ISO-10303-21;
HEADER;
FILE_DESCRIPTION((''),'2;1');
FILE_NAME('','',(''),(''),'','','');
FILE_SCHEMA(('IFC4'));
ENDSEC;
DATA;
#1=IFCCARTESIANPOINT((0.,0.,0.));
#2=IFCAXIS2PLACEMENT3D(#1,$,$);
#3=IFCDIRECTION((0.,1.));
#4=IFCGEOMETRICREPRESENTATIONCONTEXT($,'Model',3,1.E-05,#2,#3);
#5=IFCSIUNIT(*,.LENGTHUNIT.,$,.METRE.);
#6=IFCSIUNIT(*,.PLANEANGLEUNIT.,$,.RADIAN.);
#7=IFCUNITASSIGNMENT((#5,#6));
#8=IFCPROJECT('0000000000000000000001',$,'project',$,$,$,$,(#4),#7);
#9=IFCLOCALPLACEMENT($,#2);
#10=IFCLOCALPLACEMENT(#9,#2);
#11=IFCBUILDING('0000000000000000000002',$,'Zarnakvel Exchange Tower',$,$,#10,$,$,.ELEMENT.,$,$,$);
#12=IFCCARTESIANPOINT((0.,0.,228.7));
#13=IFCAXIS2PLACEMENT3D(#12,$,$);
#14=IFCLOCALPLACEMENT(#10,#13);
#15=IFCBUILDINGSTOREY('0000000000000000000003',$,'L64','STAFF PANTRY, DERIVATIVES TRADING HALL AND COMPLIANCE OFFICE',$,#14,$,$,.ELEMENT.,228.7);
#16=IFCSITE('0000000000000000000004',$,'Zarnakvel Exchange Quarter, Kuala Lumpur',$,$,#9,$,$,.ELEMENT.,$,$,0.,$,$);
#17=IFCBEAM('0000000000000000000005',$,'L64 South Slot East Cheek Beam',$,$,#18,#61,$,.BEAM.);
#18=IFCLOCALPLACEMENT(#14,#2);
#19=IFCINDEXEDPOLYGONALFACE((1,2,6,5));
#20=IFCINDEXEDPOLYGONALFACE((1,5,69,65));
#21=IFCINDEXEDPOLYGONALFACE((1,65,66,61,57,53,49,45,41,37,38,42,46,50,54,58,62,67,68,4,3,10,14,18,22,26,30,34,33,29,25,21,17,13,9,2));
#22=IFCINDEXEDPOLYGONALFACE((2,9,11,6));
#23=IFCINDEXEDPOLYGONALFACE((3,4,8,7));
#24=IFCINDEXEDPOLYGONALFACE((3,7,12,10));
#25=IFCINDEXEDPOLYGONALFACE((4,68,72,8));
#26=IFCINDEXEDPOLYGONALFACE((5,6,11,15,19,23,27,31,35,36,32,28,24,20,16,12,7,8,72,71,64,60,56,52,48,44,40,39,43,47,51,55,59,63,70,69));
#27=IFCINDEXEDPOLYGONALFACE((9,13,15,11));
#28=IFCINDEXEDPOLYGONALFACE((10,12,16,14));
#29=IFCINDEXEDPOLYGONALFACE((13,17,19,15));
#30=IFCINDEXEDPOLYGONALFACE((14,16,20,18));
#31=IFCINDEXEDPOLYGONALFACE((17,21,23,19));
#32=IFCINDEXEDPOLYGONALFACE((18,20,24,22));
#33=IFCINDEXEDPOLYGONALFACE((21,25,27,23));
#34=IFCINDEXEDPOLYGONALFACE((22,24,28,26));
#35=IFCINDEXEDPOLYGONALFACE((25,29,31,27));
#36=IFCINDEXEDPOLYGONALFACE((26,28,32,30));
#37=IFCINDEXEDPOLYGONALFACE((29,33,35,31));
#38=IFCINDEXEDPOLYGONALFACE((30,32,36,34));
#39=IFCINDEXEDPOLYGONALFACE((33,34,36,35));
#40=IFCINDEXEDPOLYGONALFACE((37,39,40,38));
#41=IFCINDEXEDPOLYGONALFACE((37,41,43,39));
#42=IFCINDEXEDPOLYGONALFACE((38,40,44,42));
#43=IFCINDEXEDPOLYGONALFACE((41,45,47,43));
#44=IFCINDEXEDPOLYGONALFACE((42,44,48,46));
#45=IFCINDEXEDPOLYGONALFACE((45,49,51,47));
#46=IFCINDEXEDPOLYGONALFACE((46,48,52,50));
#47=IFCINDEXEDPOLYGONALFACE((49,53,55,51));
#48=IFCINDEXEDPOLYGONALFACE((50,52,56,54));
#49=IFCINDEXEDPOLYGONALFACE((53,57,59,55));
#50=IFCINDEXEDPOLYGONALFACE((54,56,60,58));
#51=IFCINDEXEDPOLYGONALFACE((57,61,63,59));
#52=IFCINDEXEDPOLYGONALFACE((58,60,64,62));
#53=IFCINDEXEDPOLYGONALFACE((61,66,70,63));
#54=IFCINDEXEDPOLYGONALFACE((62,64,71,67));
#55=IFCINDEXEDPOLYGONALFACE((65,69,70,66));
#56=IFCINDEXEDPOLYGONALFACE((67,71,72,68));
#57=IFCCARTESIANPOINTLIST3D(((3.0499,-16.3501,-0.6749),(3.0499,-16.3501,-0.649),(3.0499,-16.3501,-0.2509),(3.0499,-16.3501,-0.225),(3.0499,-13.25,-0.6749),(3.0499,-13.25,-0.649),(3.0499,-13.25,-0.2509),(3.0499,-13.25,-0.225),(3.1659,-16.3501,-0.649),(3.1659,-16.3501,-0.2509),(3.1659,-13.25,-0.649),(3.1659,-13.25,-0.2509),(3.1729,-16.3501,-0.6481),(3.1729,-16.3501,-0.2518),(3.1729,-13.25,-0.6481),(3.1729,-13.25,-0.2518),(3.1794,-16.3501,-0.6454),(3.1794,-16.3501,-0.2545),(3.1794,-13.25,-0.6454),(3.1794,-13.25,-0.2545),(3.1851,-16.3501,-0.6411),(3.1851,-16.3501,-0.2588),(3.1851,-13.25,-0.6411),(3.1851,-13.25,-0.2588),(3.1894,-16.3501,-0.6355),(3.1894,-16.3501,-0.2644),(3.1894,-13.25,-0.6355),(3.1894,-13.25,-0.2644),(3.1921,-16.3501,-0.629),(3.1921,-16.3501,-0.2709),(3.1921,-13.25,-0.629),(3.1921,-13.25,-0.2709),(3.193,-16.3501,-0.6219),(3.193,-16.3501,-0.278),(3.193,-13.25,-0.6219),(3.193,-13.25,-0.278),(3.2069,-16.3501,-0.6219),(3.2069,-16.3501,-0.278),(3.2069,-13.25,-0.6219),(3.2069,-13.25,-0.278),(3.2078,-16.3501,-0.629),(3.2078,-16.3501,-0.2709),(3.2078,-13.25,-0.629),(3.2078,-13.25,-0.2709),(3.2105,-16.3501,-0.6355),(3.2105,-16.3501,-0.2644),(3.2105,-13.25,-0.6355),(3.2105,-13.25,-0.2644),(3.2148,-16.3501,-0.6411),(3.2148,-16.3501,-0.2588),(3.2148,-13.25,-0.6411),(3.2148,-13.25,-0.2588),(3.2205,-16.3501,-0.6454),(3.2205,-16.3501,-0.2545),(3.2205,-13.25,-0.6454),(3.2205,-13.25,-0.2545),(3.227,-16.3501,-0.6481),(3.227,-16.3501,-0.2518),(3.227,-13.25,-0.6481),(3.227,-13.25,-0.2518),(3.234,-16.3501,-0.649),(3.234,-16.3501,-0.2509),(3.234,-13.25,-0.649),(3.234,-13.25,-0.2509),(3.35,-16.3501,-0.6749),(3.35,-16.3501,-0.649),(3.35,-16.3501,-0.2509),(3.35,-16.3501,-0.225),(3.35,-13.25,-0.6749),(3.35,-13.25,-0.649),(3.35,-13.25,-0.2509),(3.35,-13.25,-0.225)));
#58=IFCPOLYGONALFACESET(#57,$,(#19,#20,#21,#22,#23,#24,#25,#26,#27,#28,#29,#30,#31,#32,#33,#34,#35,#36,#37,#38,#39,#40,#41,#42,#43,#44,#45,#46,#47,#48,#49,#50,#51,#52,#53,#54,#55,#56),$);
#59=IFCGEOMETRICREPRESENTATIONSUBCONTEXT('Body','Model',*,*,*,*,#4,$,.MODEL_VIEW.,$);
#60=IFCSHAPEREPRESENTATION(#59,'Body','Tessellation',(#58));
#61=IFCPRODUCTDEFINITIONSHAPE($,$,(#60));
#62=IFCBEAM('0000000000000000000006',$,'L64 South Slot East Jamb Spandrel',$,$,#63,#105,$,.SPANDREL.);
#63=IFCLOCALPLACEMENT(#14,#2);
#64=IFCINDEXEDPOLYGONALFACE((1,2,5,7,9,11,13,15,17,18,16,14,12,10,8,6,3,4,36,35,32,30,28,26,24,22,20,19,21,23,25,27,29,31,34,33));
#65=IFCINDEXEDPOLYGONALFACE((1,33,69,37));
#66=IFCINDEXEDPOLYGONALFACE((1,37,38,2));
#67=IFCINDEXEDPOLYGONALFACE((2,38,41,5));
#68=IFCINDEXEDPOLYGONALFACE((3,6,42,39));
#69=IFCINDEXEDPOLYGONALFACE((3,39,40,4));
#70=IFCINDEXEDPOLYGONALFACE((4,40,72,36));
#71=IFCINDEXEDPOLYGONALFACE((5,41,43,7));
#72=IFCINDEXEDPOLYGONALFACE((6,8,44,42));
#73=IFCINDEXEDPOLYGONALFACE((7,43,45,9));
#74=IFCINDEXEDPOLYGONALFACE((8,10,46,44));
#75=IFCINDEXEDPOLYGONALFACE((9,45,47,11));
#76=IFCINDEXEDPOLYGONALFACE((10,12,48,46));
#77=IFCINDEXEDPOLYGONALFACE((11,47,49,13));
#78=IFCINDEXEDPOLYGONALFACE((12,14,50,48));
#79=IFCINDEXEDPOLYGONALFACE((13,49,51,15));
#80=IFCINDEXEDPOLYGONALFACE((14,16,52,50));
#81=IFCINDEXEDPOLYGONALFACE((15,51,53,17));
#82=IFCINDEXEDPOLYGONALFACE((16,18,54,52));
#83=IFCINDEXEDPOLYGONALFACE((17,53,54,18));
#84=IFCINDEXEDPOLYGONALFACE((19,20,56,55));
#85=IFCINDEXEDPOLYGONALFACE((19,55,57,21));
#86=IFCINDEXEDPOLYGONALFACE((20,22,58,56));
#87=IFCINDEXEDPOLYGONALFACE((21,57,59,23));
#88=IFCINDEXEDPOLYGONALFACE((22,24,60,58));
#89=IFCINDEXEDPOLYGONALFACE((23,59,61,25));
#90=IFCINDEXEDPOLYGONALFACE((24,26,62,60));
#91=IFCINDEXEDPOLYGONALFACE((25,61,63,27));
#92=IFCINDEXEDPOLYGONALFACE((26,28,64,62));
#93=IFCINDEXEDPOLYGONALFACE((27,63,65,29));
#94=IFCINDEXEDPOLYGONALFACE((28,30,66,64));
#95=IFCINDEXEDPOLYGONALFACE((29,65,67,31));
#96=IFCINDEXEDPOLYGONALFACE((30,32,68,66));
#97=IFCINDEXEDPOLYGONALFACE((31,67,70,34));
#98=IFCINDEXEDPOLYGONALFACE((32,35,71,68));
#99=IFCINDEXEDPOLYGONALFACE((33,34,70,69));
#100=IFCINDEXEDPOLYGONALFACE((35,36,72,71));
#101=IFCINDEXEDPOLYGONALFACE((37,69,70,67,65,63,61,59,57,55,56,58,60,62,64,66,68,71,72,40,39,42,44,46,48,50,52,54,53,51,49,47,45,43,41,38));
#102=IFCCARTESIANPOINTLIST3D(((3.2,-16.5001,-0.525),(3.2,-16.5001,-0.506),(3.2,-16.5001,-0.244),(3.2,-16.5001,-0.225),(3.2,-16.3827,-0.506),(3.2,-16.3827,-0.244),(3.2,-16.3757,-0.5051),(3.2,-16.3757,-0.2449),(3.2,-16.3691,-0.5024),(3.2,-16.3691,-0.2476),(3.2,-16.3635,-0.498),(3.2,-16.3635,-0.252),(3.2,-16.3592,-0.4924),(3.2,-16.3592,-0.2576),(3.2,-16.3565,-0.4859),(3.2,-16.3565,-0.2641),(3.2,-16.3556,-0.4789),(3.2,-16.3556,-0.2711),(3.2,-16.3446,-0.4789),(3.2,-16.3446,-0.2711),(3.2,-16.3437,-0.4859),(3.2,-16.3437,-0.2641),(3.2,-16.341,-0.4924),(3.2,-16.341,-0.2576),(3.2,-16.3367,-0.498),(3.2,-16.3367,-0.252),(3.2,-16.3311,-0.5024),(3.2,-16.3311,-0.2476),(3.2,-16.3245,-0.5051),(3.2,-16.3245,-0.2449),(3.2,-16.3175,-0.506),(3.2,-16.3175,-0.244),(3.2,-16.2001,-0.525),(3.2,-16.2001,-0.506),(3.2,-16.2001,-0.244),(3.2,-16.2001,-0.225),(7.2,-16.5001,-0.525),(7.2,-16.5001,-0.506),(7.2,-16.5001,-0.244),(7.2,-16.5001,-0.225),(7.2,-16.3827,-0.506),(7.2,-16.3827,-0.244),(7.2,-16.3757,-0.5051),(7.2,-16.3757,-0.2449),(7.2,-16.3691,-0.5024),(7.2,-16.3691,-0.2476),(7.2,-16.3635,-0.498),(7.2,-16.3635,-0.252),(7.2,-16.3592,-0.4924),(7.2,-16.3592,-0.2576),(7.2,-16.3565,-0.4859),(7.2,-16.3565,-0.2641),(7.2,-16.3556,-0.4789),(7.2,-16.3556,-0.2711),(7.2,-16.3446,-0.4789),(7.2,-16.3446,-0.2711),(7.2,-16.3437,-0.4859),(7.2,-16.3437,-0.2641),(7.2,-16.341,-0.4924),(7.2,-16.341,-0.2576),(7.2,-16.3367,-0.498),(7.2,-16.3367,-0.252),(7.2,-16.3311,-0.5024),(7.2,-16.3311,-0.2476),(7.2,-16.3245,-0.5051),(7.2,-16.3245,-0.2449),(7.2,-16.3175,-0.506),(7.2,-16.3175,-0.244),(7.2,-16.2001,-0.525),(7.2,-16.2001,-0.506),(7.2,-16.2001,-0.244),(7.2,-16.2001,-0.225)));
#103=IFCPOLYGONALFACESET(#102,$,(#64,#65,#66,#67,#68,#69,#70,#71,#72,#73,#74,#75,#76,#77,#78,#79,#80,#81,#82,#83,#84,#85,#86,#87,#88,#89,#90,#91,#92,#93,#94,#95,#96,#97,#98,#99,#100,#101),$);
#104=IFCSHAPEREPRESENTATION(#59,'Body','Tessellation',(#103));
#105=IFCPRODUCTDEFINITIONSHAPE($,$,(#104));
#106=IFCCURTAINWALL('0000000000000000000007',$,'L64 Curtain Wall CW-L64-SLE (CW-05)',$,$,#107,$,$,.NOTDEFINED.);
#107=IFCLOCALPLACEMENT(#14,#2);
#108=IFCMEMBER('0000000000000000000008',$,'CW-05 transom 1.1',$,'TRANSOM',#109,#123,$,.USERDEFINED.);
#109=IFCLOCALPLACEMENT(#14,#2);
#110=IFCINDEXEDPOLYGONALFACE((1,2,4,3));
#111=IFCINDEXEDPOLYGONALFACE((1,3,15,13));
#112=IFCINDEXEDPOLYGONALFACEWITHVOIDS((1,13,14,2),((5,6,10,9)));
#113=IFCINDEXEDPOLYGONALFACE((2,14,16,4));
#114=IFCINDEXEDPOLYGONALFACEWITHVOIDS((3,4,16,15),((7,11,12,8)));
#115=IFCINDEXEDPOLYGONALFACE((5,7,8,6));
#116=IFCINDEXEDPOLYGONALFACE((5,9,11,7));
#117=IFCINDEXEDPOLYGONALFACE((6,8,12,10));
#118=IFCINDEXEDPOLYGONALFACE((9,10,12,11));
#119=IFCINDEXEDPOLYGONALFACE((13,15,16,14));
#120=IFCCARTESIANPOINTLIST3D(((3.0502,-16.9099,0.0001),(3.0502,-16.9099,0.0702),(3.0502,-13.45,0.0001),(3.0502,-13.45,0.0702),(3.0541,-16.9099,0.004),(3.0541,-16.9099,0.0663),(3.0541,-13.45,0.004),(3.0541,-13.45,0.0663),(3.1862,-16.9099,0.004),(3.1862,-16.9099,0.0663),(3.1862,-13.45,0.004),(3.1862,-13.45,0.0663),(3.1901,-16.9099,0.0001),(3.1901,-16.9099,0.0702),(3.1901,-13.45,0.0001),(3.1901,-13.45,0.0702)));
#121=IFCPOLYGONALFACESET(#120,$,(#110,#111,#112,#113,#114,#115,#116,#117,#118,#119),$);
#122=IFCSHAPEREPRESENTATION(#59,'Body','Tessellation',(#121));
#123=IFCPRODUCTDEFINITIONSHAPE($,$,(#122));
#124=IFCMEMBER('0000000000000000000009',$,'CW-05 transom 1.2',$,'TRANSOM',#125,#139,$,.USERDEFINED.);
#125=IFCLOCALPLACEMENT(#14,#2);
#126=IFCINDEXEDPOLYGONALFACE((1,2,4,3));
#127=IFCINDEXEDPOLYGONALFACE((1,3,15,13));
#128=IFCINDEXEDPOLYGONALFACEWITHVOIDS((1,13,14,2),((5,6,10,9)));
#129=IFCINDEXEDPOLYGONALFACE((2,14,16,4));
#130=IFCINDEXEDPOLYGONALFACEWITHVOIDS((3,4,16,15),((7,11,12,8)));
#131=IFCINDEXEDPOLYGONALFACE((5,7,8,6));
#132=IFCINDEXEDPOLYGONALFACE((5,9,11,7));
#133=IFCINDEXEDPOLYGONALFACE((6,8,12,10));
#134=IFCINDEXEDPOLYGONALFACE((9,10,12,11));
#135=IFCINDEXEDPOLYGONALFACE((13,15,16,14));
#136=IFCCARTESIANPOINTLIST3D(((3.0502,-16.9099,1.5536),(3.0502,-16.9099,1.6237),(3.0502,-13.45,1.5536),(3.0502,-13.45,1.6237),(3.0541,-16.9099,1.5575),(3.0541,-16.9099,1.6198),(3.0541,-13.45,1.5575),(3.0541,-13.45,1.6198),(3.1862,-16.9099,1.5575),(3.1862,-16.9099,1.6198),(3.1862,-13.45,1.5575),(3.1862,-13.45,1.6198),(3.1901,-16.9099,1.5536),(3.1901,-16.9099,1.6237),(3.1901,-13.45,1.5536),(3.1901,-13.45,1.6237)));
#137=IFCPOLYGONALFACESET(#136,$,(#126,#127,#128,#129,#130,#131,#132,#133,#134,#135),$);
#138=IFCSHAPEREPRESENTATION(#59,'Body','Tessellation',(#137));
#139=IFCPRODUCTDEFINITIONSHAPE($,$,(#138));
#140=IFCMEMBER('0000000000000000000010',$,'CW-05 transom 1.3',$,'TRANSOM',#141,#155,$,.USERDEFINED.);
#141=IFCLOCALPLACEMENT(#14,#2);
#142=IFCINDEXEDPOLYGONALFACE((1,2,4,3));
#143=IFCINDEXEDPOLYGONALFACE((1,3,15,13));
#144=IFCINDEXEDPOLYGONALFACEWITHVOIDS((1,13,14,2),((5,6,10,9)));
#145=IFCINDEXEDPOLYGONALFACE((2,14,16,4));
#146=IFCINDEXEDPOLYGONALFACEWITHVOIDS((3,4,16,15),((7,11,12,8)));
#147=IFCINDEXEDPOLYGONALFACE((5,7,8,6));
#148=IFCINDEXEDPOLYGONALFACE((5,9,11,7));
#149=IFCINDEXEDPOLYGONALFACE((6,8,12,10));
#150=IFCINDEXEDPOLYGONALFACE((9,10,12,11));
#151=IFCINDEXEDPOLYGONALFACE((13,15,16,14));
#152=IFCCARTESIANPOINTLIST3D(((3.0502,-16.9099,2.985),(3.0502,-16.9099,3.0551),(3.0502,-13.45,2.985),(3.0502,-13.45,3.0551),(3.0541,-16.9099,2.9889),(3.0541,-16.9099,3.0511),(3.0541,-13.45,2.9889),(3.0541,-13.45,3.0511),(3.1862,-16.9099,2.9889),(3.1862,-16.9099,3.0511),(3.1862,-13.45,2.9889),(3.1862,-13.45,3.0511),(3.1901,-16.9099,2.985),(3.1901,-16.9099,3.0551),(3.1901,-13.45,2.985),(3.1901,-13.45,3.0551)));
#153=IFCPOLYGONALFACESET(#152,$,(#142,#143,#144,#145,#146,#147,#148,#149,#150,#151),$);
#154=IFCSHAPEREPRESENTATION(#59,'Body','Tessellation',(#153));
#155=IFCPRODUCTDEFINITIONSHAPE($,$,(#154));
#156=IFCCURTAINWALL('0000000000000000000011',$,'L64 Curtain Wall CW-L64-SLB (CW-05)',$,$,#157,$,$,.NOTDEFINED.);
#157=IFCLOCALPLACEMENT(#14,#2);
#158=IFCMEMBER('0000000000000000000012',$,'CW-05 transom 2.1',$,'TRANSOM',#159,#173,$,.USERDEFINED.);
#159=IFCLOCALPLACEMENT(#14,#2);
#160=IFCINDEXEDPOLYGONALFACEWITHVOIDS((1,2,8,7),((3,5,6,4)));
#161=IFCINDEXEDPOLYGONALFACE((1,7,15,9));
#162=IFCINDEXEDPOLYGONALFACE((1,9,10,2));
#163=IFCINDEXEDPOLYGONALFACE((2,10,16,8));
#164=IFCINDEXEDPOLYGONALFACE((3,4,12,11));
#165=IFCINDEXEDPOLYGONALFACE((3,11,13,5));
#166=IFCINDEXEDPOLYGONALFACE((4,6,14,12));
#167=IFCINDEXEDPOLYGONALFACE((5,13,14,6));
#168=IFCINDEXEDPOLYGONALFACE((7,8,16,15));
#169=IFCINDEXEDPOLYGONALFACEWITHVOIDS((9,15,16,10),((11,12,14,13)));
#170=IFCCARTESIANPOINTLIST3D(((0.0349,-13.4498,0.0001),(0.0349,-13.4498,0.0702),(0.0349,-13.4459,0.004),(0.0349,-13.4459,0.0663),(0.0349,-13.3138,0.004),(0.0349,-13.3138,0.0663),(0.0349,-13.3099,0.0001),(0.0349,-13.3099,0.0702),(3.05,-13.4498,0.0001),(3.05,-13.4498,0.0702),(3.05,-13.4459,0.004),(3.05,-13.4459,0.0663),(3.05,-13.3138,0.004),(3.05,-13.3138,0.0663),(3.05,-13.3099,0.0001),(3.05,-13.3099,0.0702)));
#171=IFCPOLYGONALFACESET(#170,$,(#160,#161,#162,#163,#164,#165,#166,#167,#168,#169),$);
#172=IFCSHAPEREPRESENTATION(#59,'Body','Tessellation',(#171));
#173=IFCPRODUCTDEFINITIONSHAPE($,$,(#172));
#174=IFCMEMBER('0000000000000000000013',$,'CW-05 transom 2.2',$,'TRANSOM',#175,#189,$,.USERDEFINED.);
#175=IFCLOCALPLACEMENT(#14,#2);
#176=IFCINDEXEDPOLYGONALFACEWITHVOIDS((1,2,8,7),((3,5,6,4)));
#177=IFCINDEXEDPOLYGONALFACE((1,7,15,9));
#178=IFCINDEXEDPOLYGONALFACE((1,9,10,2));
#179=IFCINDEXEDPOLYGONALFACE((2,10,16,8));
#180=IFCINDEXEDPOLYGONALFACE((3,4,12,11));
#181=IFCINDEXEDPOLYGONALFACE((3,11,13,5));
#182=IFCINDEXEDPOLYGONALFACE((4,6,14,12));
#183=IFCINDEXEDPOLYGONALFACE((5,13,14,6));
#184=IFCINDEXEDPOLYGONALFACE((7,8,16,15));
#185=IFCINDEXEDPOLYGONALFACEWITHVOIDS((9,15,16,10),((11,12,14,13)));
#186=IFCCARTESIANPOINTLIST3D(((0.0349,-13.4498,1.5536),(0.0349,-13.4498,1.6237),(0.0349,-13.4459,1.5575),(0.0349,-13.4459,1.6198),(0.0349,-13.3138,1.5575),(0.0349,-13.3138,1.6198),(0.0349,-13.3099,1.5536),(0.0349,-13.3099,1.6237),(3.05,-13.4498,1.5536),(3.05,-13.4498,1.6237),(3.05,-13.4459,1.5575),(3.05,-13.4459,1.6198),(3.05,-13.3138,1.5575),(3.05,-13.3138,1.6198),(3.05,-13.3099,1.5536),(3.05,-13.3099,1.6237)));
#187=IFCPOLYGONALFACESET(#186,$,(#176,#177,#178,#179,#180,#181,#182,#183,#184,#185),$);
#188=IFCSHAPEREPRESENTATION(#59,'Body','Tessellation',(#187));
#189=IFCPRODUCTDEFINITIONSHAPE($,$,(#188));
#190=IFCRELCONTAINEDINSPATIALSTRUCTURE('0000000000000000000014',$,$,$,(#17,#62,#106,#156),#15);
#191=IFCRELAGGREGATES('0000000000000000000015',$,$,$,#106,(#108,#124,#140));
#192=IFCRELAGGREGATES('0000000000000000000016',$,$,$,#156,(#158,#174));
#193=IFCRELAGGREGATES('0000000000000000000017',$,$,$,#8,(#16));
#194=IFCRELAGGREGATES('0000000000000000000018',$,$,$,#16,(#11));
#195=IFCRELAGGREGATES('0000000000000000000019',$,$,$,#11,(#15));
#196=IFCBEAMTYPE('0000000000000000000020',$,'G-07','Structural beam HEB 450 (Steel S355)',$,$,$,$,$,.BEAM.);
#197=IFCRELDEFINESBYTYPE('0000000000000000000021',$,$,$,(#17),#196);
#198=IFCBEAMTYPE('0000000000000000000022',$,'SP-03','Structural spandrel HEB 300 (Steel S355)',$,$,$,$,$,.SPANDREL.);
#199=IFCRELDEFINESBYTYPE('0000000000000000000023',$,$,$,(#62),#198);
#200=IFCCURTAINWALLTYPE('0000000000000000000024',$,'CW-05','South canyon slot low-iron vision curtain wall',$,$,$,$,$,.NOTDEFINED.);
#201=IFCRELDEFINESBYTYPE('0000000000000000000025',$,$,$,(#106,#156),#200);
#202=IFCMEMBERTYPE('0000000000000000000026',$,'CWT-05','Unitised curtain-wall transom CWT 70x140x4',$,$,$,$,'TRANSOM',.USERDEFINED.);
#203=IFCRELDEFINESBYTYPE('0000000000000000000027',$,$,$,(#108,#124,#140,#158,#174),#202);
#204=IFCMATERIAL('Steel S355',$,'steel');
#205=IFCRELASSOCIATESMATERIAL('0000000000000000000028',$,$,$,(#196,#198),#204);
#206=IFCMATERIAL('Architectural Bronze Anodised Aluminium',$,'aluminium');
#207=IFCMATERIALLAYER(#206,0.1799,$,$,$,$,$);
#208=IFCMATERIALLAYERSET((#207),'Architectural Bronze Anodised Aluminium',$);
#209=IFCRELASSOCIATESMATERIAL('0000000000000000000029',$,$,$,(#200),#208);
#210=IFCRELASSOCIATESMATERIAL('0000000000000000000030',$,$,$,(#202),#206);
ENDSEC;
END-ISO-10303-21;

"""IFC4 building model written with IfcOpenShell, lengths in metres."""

from ifc_helpers import new_model, si_unit, direction, frame, origin, origin_2d, place, context, subcontext, project, spatial, hollow_rectangle, i_section, extrude, source, transform, mapped, material, layer, layer_set, material_profile, profile_set, type_object, element, aggregate, save


model = new_model("IFC4")

# Units and contexts
model_context = context("Model", 3, precision=1e-05, world=origin(), true_north=direction((0.0, 1.0)))
body_context = subcontext(model_context, "Body", "Model", "MODEL_VIEW")
ifc_project = project(units=[si_unit("LENGTHUNIT", "METRE"), si_unit("PLANEANGLEUNIT", "RADIAN")], contexts=[model_context])

# Site, building, storey
site_placement = place(None, origin())
site = spatial("IfcSite", under=ifc_project, at=site_placement, Name="Zarnakvel Exchange Quarter, Kuala Lumpur", CompositionType="ELEMENT", RefElevation=0.0)
building_placement = place(site_placement, origin())
building = spatial("IfcBuilding", under=site, at=building_placement, Name="Zarnakvel Exchange Tower", CompositionType="ELEMENT")
storey_placement = place(building_placement, frame((0.0, 0.0, 228.7)))
storey = spatial("IfcBuildingStorey", under=building, at=storey_placement, Name="L64", Description="STAFF PANTRY, DERIVATIVES TRADING HALL AND COMPLIANCE OFFICE", CompositionType="ELEMENT", Elevation=228.7)

# Beams
ifc_material_1 = material(Name="Steel S355", Category="steel")
ifc_material_profile_1 = material_profile(ifc_material_1, i_section(OverallWidth=0.3, OverallDepth=0.45, WebThickness=0.0139, FlangeThickness=0.0259, FilletRadius=0.0271, at=origin_2d()))
ifc_profile_set_1 = profile_set([ifc_material_profile_1], Name="Steel S355")
beam_type_1 = type_object("IfcBeamType", Name="G-07", Description="Structural beam HEB 450 (Steel S355)", PredefinedType="BEAM", material=ifc_profile_set_1)
beam_1_placement = place(storey_placement, frame((3.2, -16.3501, -0.45), z_axis=(0.0, 1.0, 0.0), x_axis=(-1.0, 0.0, 0.0)))
element("IfcBeam", 1, at=beam_1_placement, inside=storey, type_object=beam_type_1, Name="L64 South Slot East Cheek Beam", PredefinedType="BEAM", context=body_context, shape_type="SweptSolid", body=[
    extrude(i_section(OverallWidth=0.3, OverallDepth=0.45, WebThickness=0.0139, FlangeThickness=0.0259, FilletRadius=0.0271, at=origin_2d()), origin(), (0.0, 0.0, 1.0), 3.1001),
])
ifc_material_profile_2 = material_profile(ifc_material_1, i_section(OverallWidth=0.3, OverallDepth=0.3, WebThickness=0.011, FlangeThickness=0.019, FilletRadius=0.0271, at=origin_2d()))
ifc_profile_set_2 = profile_set([ifc_material_profile_2], Name="Steel S355")
beam_type_2 = type_object("IfcBeamType", Name="SP-03", Description="Structural spandrel HEB 300 (Steel S355)", PredefinedType="SPANDREL", material=ifc_profile_set_2)
beam_2_placement = place(storey_placement, frame((3.2, -16.3501, -0.375), z_axis=(1.0, 0.0, 0.0), x_axis=(0.0, 1.0, 0.0)))
element("IfcBeam", 2, at=beam_2_placement, inside=storey, type_object=beam_type_2, Name="L64 South Slot East Jamb Spandrel", PredefinedType="SPANDREL", context=body_context, shape_type="SweptSolid", body=[
    extrude(i_section(OverallWidth=0.3, OverallDepth=0.3, WebThickness=0.011, FlangeThickness=0.019, FilletRadius=0.0271, at=origin_2d()), origin(), (0.0, 0.0, 1.0), 4.0),
])

# Curtain walls, members
ifc_material_2 = material(Name="Architectural Bronze Anodised Aluminium", Category="aluminium")
ifc_layer_1 = layer(ifc_material_2, 0.1799)
ifc_layer_set_1 = layer_set([ifc_layer_1], Name="Architectural Bronze Anodised Aluminium")
curtain_wall_type = type_object("IfcCurtainWallType", Name="CW-05", Description="South canyon slot low-iron vision curtain wall", PredefinedType="NOTDEFINED", material=ifc_layer_set_1)
curtain_wall_1_placement = place(storey_placement, origin())
curtain_wall_1 = element("IfcCurtainWall", 3, at=curtain_wall_1_placement, inside=storey, type_object=curtain_wall_type, Name="L64 Curtain Wall CW-L64-SLE (CW-05)", PredefinedType="NOTDEFINED")
ifc_material_profile_3 = material_profile(ifc_material_2, hollow_rectangle(XDim=0.1399, YDim=0.0701, WallThickness=0.0039, at=origin_2d()))
ifc_profile_set_3 = profile_set([ifc_material_profile_3], Name="Architectural Bronze Anodised Aluminium")
member_type_1 = type_object("IfcMemberType", Name="CWT-05", Description="Unitised curtain-wall transom CWT 70x140x4", ElementType="TRANSOM", PredefinedType="USERDEFINED", material=ifc_profile_set_3)
shared_shape_1 = source(origin(), body_context, "Body", "SweptSolid", [
    extrude(hollow_rectangle(XDim=0.1399, YDim=0.0701, WallThickness=0.0039, at=origin_2d()), origin(), (0.0, 0.0, 1.0), 3.46),
])
member_1_placement = place(storey_placement, frame((3.1201, -13.45, 0.0352), z_axis=(0.0, -1.0, 0.0), x_axis=(1.0, 0.0, 0.0)))
member_1 = element("IfcMember", 4, at=member_1_placement, type_object=member_type_1, Name="CW-05 transom 1.1", ObjectType="TRANSOM", PredefinedType="USERDEFINED", context=body_context, shape_type="MappedRepresentation", body=[
    mapped(shared_shape_1, transform((0.0, 0.0, 0.0), x_axis=(1.0, 0.0, 0.0), y_axis=(0.0, 1.0, 0.0), z_axis=(0.0, 0.0, 1.0), scale=1.0)),
])
member_2_placement = place(storey_placement, frame((3.1201, -13.45, 1.5886), z_axis=(0.0, -1.0, 0.0), x_axis=(1.0, 0.0, 0.0)))
member_2 = element("IfcMember", 5, at=member_2_placement, type_object=member_type_1, Name="CW-05 transom 1.2", ObjectType="TRANSOM", PredefinedType="USERDEFINED", context=body_context, shape_type="MappedRepresentation", body=[
    mapped(shared_shape_1, transform((0.0, 0.0, 0.0), x_axis=(1.0, 0.0, 0.0), y_axis=(0.0, 1.0, 0.0), z_axis=(0.0, 0.0, 1.0), scale=1.0)),
])
member_3_placement = place(storey_placement, frame((3.1201, -13.45, 3.02), z_axis=(0.0, -1.0, 0.0), x_axis=(1.0, 0.0, 0.0)))
member_3 = element("IfcMember", 6, at=member_3_placement, type_object=member_type_1, Name="CW-05 transom 1.3", ObjectType="TRANSOM", PredefinedType="USERDEFINED", context=body_context, shape_type="MappedRepresentation", body=[
    mapped(shared_shape_1, transform((0.0, 0.0, 0.0), x_axis=(1.0, 0.0, 0.0), y_axis=(0.0, 1.0, 0.0), z_axis=(0.0, 0.0, 1.0), scale=1.0)),
])
curtain_wall_2_placement = place(storey_placement, origin())
curtain_wall_2 = element("IfcCurtainWall", 7, at=curtain_wall_2_placement, inside=storey, type_object=curtain_wall_type, Name="L64 Curtain Wall CW-L64-SLB (CW-05)", PredefinedType="NOTDEFINED")
shared_shape_2 = source(origin(), body_context, "Body", "SweptSolid", [
    extrude(hollow_rectangle(XDim=0.1399, YDim=0.0701, WallThickness=0.0039, at=origin_2d()), origin(), (0.0, 0.0, 1.0), 3.0151),
])
member_4_placement = place(storey_placement, frame((0.0349, -13.3799, 0.0352), z_axis=(1.0, 0.0, 0.0), x_axis=(0.0, 1.0, 0.0)))
member_4 = element("IfcMember", 8, at=member_4_placement, type_object=member_type_1, Name="CW-05 transom 2.1", ObjectType="TRANSOM", PredefinedType="USERDEFINED", context=body_context, shape_type="MappedRepresentation", body=[
    mapped(shared_shape_2, transform((0.0, 0.0, 0.0), x_axis=(1.0, 0.0, 0.0), y_axis=(0.0, 1.0, 0.0), z_axis=(0.0, 0.0, 1.0), scale=1.0)),
])
member_5_placement = place(storey_placement, frame((0.0349, -13.3799, 1.5886), z_axis=(1.0, 0.0, 0.0), x_axis=(0.0, 1.0, 0.0)))
member_5 = element("IfcMember", 9, at=member_5_placement, type_object=member_type_1, Name="CW-05 transom 2.2", ObjectType="TRANSOM", PredefinedType="USERDEFINED", context=body_context, shape_type="MappedRepresentation", body=[
    mapped(shared_shape_2, transform((0.0, 0.0, 0.0), x_axis=(1.0, 0.0, 0.0), y_axis=(0.0, 1.0, 0.0), z_axis=(0.0, 0.0, 1.0), scale=1.0)),
])

aggregate(curtain_wall_1, [member_1, member_2, member_3])
aggregate(curtain_wall_2, [member_4, member_5])

save(model, "model.ifc")
